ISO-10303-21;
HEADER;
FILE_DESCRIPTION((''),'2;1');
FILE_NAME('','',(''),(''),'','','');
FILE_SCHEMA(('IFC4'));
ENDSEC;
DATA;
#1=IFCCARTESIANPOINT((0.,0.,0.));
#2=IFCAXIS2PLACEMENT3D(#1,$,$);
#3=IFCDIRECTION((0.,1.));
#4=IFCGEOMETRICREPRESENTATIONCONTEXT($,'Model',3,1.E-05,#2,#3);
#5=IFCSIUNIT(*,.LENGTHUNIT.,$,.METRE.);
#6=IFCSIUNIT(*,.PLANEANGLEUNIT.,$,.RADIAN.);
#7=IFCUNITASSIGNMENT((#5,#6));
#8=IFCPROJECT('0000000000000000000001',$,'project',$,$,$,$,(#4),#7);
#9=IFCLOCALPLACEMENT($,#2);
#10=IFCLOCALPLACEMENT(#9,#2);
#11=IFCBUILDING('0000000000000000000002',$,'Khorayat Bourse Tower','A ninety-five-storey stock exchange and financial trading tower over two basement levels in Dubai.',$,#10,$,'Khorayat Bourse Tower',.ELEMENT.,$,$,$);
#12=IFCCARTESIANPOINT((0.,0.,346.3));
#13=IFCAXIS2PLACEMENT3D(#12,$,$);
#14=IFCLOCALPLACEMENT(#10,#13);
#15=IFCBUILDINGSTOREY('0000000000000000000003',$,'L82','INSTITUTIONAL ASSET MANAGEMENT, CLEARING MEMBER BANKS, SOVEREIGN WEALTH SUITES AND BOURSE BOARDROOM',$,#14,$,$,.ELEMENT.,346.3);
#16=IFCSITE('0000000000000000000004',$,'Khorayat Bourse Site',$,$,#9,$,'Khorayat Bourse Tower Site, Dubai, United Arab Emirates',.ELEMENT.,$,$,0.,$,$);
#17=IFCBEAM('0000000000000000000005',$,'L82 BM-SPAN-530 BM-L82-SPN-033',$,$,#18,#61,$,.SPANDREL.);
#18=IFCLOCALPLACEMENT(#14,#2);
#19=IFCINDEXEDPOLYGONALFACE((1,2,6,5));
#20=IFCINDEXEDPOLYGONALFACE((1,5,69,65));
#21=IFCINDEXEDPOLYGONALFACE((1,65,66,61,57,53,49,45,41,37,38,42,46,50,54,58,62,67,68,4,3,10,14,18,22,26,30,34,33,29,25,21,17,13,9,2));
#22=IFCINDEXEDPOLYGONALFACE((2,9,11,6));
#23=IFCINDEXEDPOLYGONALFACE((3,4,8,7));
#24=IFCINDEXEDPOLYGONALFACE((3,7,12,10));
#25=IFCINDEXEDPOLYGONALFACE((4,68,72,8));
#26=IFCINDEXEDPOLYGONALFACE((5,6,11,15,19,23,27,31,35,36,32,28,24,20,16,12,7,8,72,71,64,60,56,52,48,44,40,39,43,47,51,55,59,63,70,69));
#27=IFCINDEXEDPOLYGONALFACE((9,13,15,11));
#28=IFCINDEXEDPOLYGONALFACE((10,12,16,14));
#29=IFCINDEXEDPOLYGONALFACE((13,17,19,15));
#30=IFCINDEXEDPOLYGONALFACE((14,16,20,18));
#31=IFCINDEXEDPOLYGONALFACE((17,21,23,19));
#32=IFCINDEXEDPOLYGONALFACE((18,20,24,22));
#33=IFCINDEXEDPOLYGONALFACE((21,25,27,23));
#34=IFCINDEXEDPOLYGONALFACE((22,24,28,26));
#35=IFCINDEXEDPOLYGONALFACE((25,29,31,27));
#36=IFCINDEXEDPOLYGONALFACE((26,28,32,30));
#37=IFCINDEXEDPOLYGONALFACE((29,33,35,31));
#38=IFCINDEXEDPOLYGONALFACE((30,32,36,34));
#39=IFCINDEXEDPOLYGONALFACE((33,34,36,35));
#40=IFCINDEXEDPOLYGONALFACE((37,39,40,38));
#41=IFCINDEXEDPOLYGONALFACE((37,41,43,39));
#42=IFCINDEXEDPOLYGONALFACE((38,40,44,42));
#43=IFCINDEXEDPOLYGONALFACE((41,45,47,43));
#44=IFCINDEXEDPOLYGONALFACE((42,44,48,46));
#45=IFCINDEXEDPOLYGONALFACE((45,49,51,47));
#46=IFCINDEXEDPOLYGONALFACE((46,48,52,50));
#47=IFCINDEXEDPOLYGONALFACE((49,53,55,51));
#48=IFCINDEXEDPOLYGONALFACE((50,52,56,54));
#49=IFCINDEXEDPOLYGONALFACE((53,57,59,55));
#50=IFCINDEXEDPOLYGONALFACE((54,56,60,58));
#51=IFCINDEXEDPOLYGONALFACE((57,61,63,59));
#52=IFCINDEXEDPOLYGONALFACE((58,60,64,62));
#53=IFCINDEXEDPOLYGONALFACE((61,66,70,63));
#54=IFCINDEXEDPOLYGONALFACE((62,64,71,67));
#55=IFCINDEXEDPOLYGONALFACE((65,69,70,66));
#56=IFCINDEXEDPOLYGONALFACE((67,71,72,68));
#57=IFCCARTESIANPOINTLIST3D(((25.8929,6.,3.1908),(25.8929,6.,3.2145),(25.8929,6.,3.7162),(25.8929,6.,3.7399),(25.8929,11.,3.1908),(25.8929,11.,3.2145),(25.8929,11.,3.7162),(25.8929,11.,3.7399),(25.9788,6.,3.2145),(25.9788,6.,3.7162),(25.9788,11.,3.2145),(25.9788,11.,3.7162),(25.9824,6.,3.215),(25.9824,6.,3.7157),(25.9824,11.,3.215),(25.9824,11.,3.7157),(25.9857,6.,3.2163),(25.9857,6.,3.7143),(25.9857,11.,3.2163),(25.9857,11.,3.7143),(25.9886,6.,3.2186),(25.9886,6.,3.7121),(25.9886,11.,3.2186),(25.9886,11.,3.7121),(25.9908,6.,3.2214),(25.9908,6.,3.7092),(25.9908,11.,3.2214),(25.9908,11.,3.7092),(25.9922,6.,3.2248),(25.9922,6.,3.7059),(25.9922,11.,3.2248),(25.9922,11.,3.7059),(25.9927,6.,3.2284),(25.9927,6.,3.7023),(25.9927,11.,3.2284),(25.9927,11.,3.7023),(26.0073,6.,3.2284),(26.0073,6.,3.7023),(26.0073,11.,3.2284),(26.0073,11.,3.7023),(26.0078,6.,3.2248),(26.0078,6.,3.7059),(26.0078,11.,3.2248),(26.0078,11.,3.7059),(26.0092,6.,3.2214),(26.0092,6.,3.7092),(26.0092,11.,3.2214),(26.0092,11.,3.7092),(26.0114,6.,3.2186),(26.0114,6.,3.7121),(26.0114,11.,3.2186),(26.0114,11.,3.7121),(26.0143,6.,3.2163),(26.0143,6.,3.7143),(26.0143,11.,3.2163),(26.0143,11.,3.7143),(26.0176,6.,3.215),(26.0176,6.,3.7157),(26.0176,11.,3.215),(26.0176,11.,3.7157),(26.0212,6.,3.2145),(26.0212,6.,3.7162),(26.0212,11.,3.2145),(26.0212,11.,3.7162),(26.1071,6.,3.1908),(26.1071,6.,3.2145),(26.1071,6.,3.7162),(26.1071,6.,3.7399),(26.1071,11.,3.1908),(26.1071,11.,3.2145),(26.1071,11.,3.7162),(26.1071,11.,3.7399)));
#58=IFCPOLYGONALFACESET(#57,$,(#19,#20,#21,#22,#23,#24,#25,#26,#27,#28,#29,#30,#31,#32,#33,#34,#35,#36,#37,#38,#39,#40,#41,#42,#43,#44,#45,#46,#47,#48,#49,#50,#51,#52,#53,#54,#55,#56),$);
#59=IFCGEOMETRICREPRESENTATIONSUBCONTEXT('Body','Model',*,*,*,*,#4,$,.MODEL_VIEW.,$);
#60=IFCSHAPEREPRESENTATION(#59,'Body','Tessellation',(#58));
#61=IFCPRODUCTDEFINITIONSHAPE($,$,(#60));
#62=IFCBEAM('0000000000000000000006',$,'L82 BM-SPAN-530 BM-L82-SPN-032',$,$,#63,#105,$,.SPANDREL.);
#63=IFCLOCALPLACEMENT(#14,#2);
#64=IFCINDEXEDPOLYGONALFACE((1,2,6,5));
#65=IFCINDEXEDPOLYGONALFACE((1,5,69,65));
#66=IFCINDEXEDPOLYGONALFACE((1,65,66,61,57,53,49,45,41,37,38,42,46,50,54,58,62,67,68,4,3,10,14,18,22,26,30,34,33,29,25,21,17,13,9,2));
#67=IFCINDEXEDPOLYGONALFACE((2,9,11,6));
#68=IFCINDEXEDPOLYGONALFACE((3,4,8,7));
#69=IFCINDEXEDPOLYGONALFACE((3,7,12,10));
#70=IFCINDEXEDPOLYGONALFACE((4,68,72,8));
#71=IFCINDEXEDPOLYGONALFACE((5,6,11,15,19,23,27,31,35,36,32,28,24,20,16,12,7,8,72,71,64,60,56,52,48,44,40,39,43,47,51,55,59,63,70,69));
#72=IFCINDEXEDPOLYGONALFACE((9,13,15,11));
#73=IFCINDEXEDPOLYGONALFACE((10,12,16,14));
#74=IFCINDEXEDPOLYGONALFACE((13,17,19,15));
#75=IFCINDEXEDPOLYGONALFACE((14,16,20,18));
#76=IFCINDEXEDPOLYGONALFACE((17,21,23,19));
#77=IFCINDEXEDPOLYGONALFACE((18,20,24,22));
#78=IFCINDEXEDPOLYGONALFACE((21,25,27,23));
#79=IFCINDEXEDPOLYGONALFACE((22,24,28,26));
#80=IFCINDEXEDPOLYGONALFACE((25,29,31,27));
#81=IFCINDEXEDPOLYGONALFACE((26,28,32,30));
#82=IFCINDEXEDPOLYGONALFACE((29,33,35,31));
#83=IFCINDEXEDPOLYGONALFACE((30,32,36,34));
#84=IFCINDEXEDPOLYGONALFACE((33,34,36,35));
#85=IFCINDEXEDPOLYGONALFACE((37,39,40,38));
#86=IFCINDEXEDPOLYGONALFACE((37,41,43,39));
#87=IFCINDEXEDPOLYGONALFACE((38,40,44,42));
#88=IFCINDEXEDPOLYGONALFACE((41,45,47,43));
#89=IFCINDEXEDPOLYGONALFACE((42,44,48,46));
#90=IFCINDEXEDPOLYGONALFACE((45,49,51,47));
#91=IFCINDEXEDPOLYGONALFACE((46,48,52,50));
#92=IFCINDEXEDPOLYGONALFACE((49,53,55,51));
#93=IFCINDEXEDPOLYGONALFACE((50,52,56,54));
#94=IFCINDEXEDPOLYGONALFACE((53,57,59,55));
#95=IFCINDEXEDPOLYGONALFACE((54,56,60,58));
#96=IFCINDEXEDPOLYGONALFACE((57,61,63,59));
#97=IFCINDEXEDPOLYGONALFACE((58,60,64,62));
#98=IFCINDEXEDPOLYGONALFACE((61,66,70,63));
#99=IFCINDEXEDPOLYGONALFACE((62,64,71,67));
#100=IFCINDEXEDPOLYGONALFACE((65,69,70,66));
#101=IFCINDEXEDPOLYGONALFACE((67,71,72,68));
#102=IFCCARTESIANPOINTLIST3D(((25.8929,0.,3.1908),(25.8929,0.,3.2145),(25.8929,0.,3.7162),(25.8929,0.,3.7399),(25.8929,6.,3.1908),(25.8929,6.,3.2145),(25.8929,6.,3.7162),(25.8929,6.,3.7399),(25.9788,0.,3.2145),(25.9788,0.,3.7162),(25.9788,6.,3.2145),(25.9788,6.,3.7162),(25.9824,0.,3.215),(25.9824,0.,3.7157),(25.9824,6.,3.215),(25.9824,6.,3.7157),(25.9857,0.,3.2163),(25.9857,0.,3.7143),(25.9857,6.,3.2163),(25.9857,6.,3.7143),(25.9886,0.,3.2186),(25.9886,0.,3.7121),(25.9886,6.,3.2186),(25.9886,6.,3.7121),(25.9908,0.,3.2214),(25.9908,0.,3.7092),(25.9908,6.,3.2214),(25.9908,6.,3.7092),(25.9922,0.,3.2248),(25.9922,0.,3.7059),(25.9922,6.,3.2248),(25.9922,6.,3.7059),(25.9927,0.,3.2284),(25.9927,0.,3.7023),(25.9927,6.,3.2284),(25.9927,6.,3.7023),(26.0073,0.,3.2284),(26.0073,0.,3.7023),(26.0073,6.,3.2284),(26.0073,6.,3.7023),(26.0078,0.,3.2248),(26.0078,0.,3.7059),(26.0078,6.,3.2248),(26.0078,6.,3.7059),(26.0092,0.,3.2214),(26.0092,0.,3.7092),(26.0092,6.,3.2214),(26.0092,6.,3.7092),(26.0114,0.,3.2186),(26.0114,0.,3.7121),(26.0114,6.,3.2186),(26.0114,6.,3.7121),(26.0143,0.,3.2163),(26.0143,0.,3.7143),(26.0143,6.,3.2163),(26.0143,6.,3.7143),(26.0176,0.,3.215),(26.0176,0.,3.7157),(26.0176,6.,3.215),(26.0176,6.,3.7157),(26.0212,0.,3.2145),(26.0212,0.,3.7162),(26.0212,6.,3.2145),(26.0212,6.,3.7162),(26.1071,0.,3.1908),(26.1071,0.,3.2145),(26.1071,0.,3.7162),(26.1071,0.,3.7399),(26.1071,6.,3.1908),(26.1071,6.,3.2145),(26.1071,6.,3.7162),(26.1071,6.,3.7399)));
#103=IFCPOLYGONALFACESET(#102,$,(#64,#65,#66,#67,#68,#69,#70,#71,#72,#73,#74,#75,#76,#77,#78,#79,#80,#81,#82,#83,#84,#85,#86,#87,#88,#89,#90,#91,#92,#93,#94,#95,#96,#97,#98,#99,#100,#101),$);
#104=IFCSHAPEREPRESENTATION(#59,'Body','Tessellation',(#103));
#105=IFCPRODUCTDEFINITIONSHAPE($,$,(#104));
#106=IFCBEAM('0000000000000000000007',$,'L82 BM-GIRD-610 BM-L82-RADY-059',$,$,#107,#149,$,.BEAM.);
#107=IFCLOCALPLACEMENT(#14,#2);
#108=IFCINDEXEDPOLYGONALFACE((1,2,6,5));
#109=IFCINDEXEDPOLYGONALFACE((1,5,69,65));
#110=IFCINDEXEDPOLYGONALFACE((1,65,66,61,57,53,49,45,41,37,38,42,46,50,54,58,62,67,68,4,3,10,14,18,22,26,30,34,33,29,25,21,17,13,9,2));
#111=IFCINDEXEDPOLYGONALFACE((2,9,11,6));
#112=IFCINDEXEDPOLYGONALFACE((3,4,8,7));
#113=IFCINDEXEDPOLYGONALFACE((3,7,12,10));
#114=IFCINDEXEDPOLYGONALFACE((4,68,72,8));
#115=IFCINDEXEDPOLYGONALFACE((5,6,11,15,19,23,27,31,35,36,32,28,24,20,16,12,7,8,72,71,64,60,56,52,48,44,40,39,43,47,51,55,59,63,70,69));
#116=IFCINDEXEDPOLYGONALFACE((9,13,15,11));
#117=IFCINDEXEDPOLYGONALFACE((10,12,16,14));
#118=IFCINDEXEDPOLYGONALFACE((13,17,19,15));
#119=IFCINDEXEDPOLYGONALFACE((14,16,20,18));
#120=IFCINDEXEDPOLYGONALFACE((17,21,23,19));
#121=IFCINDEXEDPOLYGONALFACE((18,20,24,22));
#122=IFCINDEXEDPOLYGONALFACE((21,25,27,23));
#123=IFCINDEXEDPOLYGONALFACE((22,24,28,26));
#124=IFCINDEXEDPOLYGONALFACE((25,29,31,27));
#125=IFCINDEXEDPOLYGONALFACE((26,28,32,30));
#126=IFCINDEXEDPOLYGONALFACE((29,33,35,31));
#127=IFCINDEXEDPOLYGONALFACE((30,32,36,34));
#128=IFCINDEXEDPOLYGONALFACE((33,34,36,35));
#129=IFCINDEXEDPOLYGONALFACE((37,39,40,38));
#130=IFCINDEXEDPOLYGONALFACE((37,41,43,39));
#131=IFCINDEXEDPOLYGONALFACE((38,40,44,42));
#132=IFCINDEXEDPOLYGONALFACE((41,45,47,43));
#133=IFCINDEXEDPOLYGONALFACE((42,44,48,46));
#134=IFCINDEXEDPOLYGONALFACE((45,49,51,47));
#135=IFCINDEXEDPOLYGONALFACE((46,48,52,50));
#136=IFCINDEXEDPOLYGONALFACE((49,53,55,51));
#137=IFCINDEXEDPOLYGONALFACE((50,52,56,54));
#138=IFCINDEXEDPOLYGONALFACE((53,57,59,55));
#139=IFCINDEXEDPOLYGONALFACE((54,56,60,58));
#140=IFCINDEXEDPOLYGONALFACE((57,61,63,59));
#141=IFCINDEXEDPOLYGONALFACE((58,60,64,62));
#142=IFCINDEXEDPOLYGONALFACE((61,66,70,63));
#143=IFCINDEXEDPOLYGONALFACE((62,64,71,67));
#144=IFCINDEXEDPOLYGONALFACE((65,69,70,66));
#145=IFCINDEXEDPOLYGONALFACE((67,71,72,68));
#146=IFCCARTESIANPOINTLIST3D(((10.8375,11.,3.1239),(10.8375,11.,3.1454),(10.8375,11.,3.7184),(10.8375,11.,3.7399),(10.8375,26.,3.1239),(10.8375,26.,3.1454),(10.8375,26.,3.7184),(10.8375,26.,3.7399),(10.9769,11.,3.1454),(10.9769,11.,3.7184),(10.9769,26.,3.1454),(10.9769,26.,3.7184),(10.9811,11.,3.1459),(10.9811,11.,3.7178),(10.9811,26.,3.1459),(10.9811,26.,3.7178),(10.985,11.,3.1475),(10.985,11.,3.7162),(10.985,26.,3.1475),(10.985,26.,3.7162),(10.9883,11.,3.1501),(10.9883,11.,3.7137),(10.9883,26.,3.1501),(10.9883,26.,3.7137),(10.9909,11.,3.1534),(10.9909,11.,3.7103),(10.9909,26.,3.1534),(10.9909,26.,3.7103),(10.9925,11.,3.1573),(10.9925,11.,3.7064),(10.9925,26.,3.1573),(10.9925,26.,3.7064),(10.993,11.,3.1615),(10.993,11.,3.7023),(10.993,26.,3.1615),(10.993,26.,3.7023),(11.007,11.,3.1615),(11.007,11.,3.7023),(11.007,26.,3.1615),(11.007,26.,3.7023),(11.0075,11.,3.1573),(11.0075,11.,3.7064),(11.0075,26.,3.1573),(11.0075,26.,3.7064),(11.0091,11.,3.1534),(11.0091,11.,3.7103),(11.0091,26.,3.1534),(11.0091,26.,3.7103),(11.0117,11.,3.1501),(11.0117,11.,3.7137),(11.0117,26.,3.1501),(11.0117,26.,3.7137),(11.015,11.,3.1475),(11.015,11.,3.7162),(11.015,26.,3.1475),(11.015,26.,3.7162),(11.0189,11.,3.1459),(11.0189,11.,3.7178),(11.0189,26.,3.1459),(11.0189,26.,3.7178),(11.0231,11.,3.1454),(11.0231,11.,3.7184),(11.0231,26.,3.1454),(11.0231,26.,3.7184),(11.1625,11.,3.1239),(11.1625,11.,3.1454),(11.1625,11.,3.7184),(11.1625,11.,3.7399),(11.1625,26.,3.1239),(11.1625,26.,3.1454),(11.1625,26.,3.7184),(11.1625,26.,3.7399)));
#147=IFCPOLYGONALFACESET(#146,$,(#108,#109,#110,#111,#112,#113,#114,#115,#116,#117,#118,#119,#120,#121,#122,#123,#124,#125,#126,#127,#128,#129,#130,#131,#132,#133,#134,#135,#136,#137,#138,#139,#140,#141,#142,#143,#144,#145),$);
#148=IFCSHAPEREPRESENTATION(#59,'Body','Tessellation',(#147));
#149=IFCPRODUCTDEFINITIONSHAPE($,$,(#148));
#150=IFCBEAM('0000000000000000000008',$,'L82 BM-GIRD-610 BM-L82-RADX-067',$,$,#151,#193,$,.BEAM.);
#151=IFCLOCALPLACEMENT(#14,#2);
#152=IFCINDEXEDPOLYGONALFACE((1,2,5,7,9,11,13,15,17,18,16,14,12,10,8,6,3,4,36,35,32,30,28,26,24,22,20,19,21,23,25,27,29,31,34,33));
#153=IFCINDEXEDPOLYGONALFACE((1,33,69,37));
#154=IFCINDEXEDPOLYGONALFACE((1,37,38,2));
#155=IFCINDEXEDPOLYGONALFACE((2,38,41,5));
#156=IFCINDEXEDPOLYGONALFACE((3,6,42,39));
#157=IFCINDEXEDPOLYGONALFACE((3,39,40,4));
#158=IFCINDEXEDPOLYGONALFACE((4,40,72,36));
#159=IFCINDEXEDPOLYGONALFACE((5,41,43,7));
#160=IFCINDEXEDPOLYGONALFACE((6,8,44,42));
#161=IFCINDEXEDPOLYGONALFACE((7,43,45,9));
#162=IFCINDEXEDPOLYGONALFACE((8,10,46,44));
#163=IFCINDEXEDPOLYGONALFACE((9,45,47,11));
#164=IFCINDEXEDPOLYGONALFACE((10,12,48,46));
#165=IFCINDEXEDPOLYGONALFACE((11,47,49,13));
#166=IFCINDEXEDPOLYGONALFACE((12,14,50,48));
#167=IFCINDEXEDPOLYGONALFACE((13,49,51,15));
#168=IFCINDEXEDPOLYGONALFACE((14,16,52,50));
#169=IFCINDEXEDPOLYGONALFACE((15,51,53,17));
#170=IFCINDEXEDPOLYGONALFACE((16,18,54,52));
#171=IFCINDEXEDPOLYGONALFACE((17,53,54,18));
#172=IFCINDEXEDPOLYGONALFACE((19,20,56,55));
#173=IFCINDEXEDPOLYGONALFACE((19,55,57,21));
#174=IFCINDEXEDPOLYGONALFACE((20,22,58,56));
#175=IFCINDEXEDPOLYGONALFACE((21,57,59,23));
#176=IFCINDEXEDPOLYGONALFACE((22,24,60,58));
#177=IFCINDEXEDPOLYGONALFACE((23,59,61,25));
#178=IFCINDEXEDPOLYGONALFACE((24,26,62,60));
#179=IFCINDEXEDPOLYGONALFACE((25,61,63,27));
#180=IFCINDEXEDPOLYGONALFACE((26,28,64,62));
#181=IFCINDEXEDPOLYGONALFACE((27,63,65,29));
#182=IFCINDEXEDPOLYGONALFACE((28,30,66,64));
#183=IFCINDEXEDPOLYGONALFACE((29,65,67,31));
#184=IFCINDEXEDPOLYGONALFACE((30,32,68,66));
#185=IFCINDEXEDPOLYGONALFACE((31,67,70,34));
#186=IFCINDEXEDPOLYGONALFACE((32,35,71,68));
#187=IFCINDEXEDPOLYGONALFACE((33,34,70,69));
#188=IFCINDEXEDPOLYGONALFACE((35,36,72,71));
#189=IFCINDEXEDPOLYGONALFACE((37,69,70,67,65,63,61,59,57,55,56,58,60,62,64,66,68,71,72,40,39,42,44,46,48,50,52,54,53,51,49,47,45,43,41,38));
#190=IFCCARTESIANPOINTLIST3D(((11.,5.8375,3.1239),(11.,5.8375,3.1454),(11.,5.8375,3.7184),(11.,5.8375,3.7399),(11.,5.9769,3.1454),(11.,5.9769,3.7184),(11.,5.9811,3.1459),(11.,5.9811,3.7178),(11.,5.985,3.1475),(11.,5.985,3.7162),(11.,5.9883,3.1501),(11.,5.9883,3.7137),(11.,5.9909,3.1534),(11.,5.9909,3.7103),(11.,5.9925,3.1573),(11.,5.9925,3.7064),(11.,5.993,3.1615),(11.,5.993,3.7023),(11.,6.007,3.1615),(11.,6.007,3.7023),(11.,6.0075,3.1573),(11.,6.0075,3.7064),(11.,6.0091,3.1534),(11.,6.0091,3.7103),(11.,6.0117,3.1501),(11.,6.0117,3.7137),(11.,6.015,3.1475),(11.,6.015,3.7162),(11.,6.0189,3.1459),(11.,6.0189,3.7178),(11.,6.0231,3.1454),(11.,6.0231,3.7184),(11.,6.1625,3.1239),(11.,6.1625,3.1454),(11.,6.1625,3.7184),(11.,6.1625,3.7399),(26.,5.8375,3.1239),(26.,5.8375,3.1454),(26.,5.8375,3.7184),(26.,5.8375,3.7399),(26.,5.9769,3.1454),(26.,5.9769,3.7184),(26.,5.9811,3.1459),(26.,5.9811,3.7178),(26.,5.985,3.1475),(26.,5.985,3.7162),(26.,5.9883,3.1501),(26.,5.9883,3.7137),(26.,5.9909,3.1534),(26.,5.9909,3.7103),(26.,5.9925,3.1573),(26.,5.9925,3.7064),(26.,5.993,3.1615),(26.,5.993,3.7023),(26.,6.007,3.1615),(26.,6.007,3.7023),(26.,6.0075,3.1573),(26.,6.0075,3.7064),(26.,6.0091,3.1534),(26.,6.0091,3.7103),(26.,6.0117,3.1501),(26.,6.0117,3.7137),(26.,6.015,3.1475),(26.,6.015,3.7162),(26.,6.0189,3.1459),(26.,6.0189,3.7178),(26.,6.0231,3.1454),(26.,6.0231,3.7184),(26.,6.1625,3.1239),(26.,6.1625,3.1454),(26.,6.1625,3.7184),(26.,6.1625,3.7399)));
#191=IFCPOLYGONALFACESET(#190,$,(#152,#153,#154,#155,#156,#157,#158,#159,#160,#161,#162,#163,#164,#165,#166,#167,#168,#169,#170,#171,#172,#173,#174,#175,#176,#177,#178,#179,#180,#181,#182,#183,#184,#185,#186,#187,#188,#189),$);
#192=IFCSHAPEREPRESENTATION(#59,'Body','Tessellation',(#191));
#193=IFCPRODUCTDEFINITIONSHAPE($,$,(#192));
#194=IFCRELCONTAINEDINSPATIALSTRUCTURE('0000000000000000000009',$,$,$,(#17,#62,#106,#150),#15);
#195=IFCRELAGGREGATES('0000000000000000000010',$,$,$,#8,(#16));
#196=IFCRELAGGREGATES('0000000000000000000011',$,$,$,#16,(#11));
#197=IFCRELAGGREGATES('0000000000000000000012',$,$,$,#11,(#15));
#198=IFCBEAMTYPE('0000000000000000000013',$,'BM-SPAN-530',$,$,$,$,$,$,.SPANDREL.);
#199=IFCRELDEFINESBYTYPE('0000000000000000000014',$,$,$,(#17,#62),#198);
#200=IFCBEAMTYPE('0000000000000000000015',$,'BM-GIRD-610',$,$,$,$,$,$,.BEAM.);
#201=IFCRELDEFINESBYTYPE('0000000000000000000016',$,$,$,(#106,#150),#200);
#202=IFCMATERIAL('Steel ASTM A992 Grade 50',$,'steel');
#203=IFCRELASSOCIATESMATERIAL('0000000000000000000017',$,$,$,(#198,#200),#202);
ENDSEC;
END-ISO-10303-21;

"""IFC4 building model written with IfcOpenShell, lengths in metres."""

from ifc_helpers import new_model, si_unit, direction, frame, origin, origin_2d, place, context, subcontext, project, spatial, i_section, extrude, source, transform, mapped, material, material_profile, profile_set, type_object, element, save


model = new_model("IFC4")

# Units and contexts
model_context = context("Model", 3, precision=1e-05, world=origin(), true_north=direction((0.0, 1.0)))
body_context = subcontext(model_context, "Body", "Model", "MODEL_VIEW")
ifc_project = project(units=[si_unit("LENGTHUNIT", "METRE"), si_unit("PLANEANGLEUNIT", "RADIAN")], contexts=[model_context])

# Site, building, storey
site_placement = place(None, origin())
site = spatial("IfcSite", under=ifc_project, at=site_placement, Name="Khorayat Bourse Site", LongName="Khorayat Bourse Tower Site, Dubai, United Arab Emirates", CompositionType="ELEMENT", RefElevation=0.0)
building_placement = place(site_placement, origin())
building = spatial("IfcBuilding", under=site, at=building_placement, Name="Khorayat Bourse Tower", Description="A ninety-five-storey stock exchange and financial trading tower over two basement levels in Dubai.", LongName="Khorayat Bourse Tower", CompositionType="ELEMENT")
storey_placement = place(building_placement, frame((0.0, 0.0, 346.3)))
storey = spatial("IfcBuildingStorey", under=building, at=storey_placement, Name="L82", Description="INSTITUTIONAL ASSET MANAGEMENT, CLEARING MEMBER BANKS, SOVEREIGN WEALTH SUITES AND BOURSE BOARDROOM", CompositionType="ELEMENT", Elevation=346.3)

# Beams
ifc_material_1 = material(Name="Steel ASTM A992 Grade 50", Category="steel")
ifc_material_profile_1 = material_profile(ifc_material_1, i_section(OverallWidth=0.2141, OverallDepth=0.5491, WebThickness=0.0146, FlangeThickness=0.0237, FilletRadius=0.0139, at=origin_2d()), Name="W530X138")
ifc_profile_set_1 = profile_set([ifc_material_profile_1], Name="Steel ASTM A992 Grade 50")
beam_type_1 = type_object("IfcBeamType", Name="BM-SPAN-530", PredefinedType="SPANDREL", material=ifc_profile_set_1)
shared_shape_1 = source(origin(), body_context, "Body", "SweptSolid", [
    extrude(i_section(OverallWidth=0.2141, OverallDepth=0.5491, WebThickness=0.0146, FlangeThickness=0.0237, FilletRadius=0.0139, at=origin_2d()), origin(), (0.0, 0.0, 1.0), 5.0),
])
beam_1_placement = place(storey_placement, frame((26.0, 6.0, 3.4653), z_axis=(0.0, 1.0, 0.0), x_axis=(-1.0, 0.0, 0.0)))
element("IfcBeam", 1, at=beam_1_placement, inside=storey, type_object=beam_type_1, Name="L82 BM-SPAN-530 BM-L82-SPN-033", PredefinedType="SPANDREL", context=body_context, shape_type="MappedRepresentation", body=[
    mapped(shared_shape_1, transform((0.0, 0.0, 0.0), scale=1.0)),
])
shared_shape_2 = source(origin(), body_context, "Body", "SweptSolid", [
    extrude(i_section(OverallWidth=0.2141, OverallDepth=0.5491, WebThickness=0.0146, FlangeThickness=0.0237, FilletRadius=0.0139, at=origin_2d()), origin(), (0.0, 0.0, 1.0), 6.0),
])
beam_2_placement = place(storey_placement, frame((26.0, 0.0, 3.4653), z_axis=(0.0, 1.0, 0.0), x_axis=(-1.0, 0.0, 0.0)))
element("IfcBeam", 2, at=beam_2_placement, inside=storey, type_object=beam_type_1, Name="L82 BM-SPAN-530 BM-L82-SPN-032", PredefinedType="SPANDREL", context=body_context, shape_type="MappedRepresentation", body=[
    mapped(shared_shape_2, transform((0.0, 0.0, 0.0), scale=1.0)),
])
ifc_material_profile_2 = material_profile(ifc_material_1, i_section(OverallWidth=0.325, OverallDepth=0.616, WebThickness=0.0139, FlangeThickness=0.0215, FilletRadius=0.0161, at=origin_2d()), Name="W610X174")
ifc_profile_set_2 = profile_set([ifc_material_profile_2], Name="Steel ASTM A992 Grade 50")
beam_type_2 = type_object("IfcBeamType", Name="BM-GIRD-610", PredefinedType="BEAM", material=ifc_profile_set_2)
shared_shape_3 = source(origin(), body_context, "Body", "SweptSolid", [
    extrude(i_section(OverallWidth=0.325, OverallDepth=0.616, WebThickness=0.0139, FlangeThickness=0.0215, FilletRadius=0.0161, at=origin_2d()), origin(), (0.0, 0.0, 1.0), 15.0),
])
for number, where, z_axis, x_axis, name in (
    (3, (11.0, 11.0, 3.4319), (0.0, 1.0, 0.0), (-1.0, 0.0, 0.0), "L82 BM-GIRD-610 BM-L82-RADY-059"),
    (4, (11.0, 6.0, 3.4319), (1.0, 0.0, 0.0), (0.0, 1.0, 0.0), "L82 BM-GIRD-610 BM-L82-RADX-067"),
):
    element("IfcBeam", number, at=place(storey_placement, frame(where, z_axis=z_axis, x_axis=x_axis)), inside=storey, type_object=beam_type_2, Name=name, PredefinedType="BEAM", context=body_context, shape_type="MappedRepresentation", body=[
        mapped(shared_shape_3, transform((0.0, 0.0, 0.0), scale=1.0)),
    ])

save(model, "model.ifc")
